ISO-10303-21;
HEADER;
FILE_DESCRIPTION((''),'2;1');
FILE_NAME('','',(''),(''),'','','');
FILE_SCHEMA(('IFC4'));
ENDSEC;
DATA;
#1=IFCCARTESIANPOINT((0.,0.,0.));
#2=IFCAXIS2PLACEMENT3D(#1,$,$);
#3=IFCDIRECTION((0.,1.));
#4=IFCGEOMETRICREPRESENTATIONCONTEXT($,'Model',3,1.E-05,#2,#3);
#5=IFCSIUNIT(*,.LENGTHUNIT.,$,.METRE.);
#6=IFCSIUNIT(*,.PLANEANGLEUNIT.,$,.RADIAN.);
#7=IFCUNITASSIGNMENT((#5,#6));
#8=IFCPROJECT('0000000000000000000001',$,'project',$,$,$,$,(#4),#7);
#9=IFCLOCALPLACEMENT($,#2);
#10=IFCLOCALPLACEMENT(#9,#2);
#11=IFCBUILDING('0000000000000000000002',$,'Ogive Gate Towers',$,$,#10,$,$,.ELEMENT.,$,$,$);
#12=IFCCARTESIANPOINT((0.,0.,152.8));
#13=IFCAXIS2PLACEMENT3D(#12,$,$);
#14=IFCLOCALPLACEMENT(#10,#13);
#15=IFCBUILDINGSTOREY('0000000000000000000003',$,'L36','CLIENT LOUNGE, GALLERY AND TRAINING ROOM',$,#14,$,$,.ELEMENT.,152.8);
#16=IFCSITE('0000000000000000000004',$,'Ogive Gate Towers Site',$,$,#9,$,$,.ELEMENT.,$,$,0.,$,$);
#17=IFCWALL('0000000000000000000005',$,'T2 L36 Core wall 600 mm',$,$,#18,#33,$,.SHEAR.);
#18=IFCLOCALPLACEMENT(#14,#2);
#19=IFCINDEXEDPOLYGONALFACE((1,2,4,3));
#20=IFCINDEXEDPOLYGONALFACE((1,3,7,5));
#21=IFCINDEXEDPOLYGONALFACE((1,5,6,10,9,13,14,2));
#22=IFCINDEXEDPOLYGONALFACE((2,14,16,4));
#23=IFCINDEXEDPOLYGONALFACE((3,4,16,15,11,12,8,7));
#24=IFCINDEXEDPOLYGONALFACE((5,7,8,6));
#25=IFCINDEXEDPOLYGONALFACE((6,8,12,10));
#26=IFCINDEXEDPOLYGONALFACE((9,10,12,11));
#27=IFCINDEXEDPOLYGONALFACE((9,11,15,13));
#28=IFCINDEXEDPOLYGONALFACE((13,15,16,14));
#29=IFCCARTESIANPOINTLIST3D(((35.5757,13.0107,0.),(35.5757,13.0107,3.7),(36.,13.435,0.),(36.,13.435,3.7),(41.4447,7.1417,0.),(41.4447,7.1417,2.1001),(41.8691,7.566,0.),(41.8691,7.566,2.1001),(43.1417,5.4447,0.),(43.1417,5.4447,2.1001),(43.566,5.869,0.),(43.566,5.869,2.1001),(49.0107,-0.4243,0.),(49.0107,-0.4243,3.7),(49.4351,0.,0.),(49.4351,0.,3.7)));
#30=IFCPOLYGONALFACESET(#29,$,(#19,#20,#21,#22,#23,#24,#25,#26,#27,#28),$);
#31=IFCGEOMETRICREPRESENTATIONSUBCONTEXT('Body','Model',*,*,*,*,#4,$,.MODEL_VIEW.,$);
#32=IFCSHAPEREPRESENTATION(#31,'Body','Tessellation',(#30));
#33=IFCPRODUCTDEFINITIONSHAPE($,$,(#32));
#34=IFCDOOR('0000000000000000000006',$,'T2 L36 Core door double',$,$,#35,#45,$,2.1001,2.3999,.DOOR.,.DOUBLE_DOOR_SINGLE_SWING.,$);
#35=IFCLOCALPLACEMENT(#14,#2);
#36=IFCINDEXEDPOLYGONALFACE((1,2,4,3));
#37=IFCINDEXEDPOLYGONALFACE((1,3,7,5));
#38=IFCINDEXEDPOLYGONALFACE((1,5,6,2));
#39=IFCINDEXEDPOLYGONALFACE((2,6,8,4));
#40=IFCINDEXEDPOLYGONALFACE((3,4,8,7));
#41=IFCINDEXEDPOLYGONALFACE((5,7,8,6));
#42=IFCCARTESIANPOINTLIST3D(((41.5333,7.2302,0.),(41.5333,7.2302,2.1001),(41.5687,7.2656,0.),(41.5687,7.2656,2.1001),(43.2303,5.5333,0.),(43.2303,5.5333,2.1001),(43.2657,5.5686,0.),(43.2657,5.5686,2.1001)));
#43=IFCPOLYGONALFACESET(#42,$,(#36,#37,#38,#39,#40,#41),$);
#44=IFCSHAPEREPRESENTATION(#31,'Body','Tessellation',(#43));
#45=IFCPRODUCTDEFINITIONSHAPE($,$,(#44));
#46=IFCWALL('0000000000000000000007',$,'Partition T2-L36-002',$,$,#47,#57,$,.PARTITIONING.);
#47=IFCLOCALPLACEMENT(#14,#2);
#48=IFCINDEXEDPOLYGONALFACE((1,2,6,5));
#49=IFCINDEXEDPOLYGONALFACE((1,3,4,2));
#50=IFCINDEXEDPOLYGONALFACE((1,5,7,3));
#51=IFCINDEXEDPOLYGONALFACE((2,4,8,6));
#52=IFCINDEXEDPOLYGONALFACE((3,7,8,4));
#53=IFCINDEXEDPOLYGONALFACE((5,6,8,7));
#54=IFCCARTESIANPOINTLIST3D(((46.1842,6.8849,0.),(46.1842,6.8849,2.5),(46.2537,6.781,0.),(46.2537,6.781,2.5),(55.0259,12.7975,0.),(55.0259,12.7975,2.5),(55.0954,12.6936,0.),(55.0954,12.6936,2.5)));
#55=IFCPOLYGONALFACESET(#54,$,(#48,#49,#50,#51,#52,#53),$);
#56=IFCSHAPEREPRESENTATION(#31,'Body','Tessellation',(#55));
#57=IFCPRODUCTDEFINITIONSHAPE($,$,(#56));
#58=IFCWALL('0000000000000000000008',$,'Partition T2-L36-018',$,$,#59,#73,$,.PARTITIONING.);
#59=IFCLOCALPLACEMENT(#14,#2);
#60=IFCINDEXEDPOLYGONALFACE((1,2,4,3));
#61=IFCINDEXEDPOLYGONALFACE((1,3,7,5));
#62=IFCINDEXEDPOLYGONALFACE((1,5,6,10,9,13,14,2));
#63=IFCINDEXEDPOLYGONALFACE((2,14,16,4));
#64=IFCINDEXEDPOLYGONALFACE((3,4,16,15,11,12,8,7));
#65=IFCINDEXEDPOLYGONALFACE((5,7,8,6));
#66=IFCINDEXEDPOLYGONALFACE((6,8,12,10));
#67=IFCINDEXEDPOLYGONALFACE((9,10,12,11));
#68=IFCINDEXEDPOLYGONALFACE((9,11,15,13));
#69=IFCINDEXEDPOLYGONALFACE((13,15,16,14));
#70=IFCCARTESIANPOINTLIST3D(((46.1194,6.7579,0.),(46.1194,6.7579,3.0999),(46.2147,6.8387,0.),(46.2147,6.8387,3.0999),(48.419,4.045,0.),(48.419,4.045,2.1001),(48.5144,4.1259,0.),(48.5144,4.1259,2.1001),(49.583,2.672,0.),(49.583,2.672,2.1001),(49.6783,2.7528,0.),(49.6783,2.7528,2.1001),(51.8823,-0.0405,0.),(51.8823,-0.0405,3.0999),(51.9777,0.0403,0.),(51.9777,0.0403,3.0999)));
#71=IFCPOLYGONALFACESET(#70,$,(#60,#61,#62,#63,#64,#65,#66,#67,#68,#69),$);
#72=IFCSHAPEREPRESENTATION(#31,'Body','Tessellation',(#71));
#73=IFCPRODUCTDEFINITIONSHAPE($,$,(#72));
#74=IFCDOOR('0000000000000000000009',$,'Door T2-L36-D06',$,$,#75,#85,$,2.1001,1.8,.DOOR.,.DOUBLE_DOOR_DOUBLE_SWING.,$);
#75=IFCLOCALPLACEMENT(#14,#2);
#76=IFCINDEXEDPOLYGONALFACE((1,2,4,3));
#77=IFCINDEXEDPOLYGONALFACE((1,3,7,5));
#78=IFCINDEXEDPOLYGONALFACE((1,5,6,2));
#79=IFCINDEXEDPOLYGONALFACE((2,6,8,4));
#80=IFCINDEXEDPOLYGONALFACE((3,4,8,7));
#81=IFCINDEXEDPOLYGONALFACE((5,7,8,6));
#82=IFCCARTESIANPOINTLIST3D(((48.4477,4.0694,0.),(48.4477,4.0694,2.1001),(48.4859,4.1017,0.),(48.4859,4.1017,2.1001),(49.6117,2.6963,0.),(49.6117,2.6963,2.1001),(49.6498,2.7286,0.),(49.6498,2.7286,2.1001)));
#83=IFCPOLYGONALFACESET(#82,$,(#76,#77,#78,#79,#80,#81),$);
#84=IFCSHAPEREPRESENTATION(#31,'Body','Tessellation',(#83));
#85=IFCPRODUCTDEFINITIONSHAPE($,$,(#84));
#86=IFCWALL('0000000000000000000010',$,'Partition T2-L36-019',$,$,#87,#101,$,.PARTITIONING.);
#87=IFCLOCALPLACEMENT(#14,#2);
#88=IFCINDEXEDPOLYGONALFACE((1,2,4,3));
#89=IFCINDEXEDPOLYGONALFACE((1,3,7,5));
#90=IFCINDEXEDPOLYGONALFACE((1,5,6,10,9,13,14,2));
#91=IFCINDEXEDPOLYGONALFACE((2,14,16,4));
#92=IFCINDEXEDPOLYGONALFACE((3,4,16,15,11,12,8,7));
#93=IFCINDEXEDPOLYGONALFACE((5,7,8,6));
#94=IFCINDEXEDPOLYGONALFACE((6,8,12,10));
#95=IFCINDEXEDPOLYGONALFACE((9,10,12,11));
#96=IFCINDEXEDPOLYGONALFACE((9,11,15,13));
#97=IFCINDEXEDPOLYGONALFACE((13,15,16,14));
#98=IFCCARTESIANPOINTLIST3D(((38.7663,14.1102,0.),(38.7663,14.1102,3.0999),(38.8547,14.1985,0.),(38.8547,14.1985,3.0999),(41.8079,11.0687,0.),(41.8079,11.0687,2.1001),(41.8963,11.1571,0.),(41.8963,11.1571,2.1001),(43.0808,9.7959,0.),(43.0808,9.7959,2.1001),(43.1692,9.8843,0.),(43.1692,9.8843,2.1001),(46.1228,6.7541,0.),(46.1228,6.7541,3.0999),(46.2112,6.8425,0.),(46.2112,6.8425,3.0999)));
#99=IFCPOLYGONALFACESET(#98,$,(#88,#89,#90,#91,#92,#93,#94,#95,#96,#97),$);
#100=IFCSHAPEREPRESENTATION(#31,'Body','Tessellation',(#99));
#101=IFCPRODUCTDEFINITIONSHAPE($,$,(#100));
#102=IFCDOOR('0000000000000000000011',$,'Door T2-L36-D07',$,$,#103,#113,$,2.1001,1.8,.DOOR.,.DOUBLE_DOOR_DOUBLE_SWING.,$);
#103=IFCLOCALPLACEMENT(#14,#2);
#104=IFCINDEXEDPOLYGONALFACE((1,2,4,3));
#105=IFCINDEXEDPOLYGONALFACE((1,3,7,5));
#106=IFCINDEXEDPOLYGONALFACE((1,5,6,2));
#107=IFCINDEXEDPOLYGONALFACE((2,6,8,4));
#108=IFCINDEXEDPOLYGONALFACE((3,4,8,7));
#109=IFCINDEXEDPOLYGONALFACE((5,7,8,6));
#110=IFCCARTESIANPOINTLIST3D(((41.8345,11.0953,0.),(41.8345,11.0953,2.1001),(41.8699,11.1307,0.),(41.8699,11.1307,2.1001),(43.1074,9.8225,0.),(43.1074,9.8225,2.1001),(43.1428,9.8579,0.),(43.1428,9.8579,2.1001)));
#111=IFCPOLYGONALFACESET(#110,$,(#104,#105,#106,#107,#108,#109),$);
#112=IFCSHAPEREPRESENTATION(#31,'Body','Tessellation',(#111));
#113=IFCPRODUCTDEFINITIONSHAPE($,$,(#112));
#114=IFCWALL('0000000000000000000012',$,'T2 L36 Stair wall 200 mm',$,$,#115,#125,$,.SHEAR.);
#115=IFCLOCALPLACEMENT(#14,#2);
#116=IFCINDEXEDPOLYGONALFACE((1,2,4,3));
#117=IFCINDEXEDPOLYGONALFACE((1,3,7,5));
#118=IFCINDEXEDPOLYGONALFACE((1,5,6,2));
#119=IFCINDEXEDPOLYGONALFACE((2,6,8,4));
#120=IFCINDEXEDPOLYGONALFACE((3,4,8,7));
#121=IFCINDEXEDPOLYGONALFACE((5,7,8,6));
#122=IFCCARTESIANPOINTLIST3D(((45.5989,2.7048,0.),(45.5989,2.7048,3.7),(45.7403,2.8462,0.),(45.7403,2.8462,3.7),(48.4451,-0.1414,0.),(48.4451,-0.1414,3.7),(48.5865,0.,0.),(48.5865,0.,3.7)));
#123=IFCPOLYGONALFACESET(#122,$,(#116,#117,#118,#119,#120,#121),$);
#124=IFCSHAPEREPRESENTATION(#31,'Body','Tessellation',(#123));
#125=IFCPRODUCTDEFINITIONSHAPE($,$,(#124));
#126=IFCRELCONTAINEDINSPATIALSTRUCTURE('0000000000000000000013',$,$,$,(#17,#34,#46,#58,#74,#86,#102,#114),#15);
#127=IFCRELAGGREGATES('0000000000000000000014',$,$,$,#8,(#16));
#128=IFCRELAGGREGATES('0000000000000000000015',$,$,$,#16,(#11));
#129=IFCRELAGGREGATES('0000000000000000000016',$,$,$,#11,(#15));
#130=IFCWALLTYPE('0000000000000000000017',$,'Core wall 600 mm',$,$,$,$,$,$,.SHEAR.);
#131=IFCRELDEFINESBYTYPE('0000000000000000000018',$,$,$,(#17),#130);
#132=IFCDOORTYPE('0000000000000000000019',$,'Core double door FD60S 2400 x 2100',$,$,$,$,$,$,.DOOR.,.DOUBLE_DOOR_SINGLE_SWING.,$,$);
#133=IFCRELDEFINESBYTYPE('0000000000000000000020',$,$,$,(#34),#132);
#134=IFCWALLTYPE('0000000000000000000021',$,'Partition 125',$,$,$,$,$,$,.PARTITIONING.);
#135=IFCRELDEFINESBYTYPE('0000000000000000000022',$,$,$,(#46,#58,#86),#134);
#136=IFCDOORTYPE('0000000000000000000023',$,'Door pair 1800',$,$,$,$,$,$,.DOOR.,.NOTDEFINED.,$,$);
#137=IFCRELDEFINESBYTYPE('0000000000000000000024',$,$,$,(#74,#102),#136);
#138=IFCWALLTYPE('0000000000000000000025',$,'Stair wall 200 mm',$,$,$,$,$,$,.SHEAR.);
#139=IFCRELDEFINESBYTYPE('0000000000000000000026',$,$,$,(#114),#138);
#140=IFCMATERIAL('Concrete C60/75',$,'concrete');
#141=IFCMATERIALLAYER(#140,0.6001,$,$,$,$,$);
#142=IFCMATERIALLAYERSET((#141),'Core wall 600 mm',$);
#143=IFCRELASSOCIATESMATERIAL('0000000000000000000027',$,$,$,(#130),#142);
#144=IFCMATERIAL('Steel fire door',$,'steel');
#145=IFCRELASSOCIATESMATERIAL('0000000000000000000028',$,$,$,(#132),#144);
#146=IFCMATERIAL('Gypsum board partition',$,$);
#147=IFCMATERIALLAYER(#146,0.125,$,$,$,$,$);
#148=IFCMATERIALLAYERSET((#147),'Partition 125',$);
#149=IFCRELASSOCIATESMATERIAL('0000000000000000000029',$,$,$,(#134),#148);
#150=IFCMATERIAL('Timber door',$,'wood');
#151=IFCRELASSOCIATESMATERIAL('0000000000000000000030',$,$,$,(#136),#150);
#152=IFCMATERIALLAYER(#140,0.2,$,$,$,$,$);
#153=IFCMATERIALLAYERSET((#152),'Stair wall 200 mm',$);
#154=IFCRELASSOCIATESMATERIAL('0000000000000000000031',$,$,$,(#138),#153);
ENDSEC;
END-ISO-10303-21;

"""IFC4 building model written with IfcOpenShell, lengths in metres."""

from ifc_helpers import new_model, si_unit, direction, frame, frame_2d, origin, place, context, subcontext, project, spatial, rectangle, extrude, material, layer, layer_set, type_object, element, fill, save


model = new_model("IFC4")

# Units and contexts
model_context = context("Model", 3, precision=1e-05, world=origin(), true_north=direction((0.0, 1.0)))
body_context = subcontext(model_context, "Body", "Model", "MODEL_VIEW")
ifc_project = project(units=[si_unit("LENGTHUNIT", "METRE"), si_unit("PLANEANGLEUNIT", "RADIAN")], contexts=[model_context])

# Site, building, storey
site_placement = place(None, origin())
site = spatial("IfcSite", under=ifc_project, at=site_placement, Name="Ogive Gate Towers Site", CompositionType="ELEMENT", RefElevation=0.0)
building_placement = place(site_placement, origin())
building = spatial("IfcBuilding", under=site, at=building_placement, Name="Ogive Gate Towers", CompositionType="ELEMENT")
storey_placement = place(building_placement, frame((0.0, 0.0, 152.8)))
storey = spatial("IfcBuildingStorey", under=building, at=storey_placement, Name="L36", Description="CLIENT LOUNGE, GALLERY AND TRAINING ROOM", CompositionType="ELEMENT", Elevation=152.8)

# Wall, opening, door
ifc_material_1 = material(Name="Concrete C60/75", Category="concrete")
ifc_layer_1 = layer(ifc_material_1, 0.6001)
ifc_layer_set_1 = layer_set([ifc_layer_1], Name="Core wall 600 mm")
wall_type_1 = type_object("IfcWallType", Name="Core wall 600 mm", PredefinedType="SHEAR", material=ifc_layer_set_1)
wall_1_placement = place(storey_placement, frame((49.2229, -0.2122, 0.0), z_axis=(0.0, 0.0, 1.0), x_axis=(-0.707107, 0.707107, 0.0)))
wall_1 = element("IfcWall", 1, at=wall_1_placement, inside=storey, type_object=wall_type_1, Name="T2 L36 Core wall 600 mm", PredefinedType="SHEAR", context=body_context, shape_type="SweptSolid", body=[
    extrude(rectangle(XDim=19.0, YDim=0.6001, at=frame_2d((9.5, 0.0))), origin(), (0.0, 0.0, 1.0), 3.7),
])
opening_1_placement = place(wall_1_placement, frame((8.3, 0.0, 0.0)))
opening_1 = element("IfcOpeningElement", 2, at=opening_1_placement, cuts=wall_1, PredefinedType="OPENING", context=body_context, shape_type="SweptSolid", body=[
    extrude(rectangle(XDim=2.3999, YDim=2.1001, at=frame_2d((1.2, 1.05))), frame((0.0, 0.3101, 0.0), z_axis=(0.0, -1.0, 0.0), x_axis=(1.0, 0.0, 0.0)), (0.0, 0.0, 1.0), 0.6201),
])
ifc_material_2 = material(Name="Steel fire door", Category="steel")
door_type_1 = type_object("IfcDoorType", Name="Core double door FD60S 2400 x 2100", OperationType="DOUBLE_DOOR_SINGLE_SWING", PredefinedType="DOOR", material=ifc_material_2)
door_1_placement = place(opening_1_placement, origin())
door_1 = element("IfcDoor", 3, at=door_1_placement, inside=storey, type_object=door_type_1, Name="T2 L36 Core door double", OperationType="DOUBLE_DOOR_SINGLE_SWING", OverallHeight=2.1001, OverallWidth=2.3999, PredefinedType="DOOR", context=body_context, shape_type="SweptSolid", body=[
    extrude(rectangle(XDim=2.3999, YDim=2.1001, at=frame_2d((1.2, 1.05))), frame((0.0, 0.1748, 0.0), z_axis=(0.0, -1.0, 0.0), x_axis=(1.0, 0.0, 0.0)), (0.0, 0.0, 1.0), 0.05),
])
fill(opening_1, door_1)

# Wall
ifc_material_3 = material(Name="Gypsum board partition")
ifc_layer_2 = layer(ifc_material_3, 0.125)
ifc_layer_set_2 = layer_set([ifc_layer_2], Name="Partition 125")
wall_type_2 = type_object("IfcWallType", Name="Partition 125", PredefinedType="PARTITIONING", material=ifc_layer_set_2)
wall_2_placement = place(storey_placement, frame((55.0608, 12.7456, 0.0), z_axis=(0.0, 0.0, 1.0), x_axis=(-0.831266, -0.555876, 0.0)))
element("IfcWall", 4, at=wall_2_placement, inside=storey, type_object=wall_type_2, Name="Partition T2-L36-002", PredefinedType="PARTITIONING", context=body_context, shape_type="SweptSolid", body=[
    extrude(rectangle(XDim=10.6365, YDim=0.125, at=frame_2d((5.3184, 0.0))), origin(), (0.0, 0.0, 1.0), 2.5),
])

# Walls, openings, doors
wall_3_placement = place(storey_placement, frame((51.9299, 0.0, 0.0), z_axis=(0.0, 0.0, 1.0), x_axis=(-0.646628, 0.762805, 0.0)))
wall_3 = element("IfcWall", 5, at=wall_3_placement, inside=storey, type_object=wall_type_2, Name="Partition T2-L36-018", PredefinedType="PARTITIONING", context=body_context, shape_type="SweptSolid", body=[
    extrude(rectangle(XDim=8.9124, YDim=0.125, at=frame_2d((4.4561, 0.0))), origin(), (0.0, 0.0, 1.0), 3.0999),
])
opening_2_placement = place(wall_3_placement, frame((3.5559, 0.0, 0.0)))
opening_2 = element("IfcOpeningElement", 6, at=opening_2_placement, cuts=wall_3, PredefinedType="OPENING", context=body_context, shape_type="SweptSolid", body=[
    extrude(rectangle(XDim=1.8, YDim=2.1001, at=frame_2d((0.8999, 1.05))), frame((0.0, 0.0725, 0.0), z_axis=(0.0, -1.0, 0.0), x_axis=(1.0, 0.0, 0.0)), (0.0, 0.0, 1.0), 0.145),
])
ifc_material_4 = material(Name="Timber door", Category="wood")
door_type_2 = type_object("IfcDoorType", Name="Door pair 1800", OperationType="NOTDEFINED", PredefinedType="DOOR", material=ifc_material_4)
door_2_placement = place(opening_2_placement, origin())
door_2 = element("IfcDoor", 7, at=door_2_placement, inside=storey, type_object=door_type_2, Name="Door T2-L36-D06", OperationType="DOUBLE_DOOR_DOUBLE_SWING", OverallHeight=2.1001, OverallWidth=1.8, PredefinedType="DOOR", context=body_context, shape_type="SweptSolid", body=[
    extrude(rectangle(XDim=1.8, YDim=2.1001, at=frame_2d((0.8999, 1.05))), frame((0.0, 0.0249, 0.0), z_axis=(0.0, -1.0, 0.0), x_axis=(1.0, 0.0, 0.0)), (0.0, 0.0, 1.0), 0.05),
])
fill(opening_2, door_2)
wall_4_placement = place(storey_placement, frame((46.167, 6.7983, 0.0), z_axis=(0.0, 0.0, 1.0), x_axis=(-0.70713, 0.707083, 0.0)))
wall_4 = element("IfcWall", 8, at=wall_4_placement, inside=storey, type_object=wall_type_2, Name="Partition T2-L36-019", PredefinedType="PARTITIONING", context=body_context, shape_type="SweptSolid", body=[
    extrude(rectangle(XDim=10.4033, YDim=0.125, at=frame_2d((5.2017, 0.0))), origin(), (0.0, 0.0, 1.0), 3.0999),
])
opening_3_placement = place(wall_4_placement, frame((4.302, 0.0, 0.0)))
opening_3 = element("IfcOpeningElement", 9, at=opening_3_placement, cuts=wall_4, PredefinedType="OPENING", context=body_context, shape_type="SweptSolid", body=[
    extrude(rectangle(XDim=1.8, YDim=2.1001, at=frame_2d((0.8999, 1.05))), frame((0.0, 0.0725, 0.0), z_axis=(0.0, -1.0, 0.0), x_axis=(1.0, 0.0, 0.0)), (0.0, 0.0, 1.0), 0.145),
])
door_3_placement = place(opening_3_placement, origin())
door_3 = element("IfcDoor", 10, at=door_3_placement, inside=storey, type_object=door_type_2, Name="Door T2-L36-D07", OperationType="DOUBLE_DOOR_DOUBLE_SWING", OverallHeight=2.1001, OverallWidth=1.8, PredefinedType="DOOR", context=body_context, shape_type="SweptSolid", body=[
    extrude(rectangle(XDim=1.8, YDim=2.1001, at=frame_2d((0.8999, 1.05))), frame((0.0, 0.0249, 0.0), z_axis=(0.0, -1.0, 0.0), x_axis=(1.0, 0.0, 0.0)), (0.0, 0.0, 1.0), 0.05),
])
fill(opening_3, door_3)

# Wall
ifc_layer_3 = layer(ifc_material_1, 0.2)
ifc_layer_set_3 = layer_set([ifc_layer_3], Name="Stair wall 200 mm")
wall_type_3 = type_object("IfcWallType", Name="Stair wall 200 mm", PredefinedType="SHEAR", material=ifc_layer_set_3)
wall_5_placement = place(storey_placement, frame((48.5159, -0.0708, 0.0), z_axis=(0.0, 0.0, 1.0), x_axis=(-0.707107, 0.707107, 0.0)))
element("IfcWall", 11, at=wall_5_placement, inside=storey, type_object=wall_type_3, Name="T2 L36 Stair wall 200 mm", PredefinedType="SHEAR", context=body_context, shape_type="SweptSolid", body=[
    extrude(rectangle(XDim=4.0251, YDim=0.2, at=frame_2d((2.0127, 0.0))), origin(), (0.0, 0.0, 1.0), 3.7),
])

save(model, "model.ifc")
